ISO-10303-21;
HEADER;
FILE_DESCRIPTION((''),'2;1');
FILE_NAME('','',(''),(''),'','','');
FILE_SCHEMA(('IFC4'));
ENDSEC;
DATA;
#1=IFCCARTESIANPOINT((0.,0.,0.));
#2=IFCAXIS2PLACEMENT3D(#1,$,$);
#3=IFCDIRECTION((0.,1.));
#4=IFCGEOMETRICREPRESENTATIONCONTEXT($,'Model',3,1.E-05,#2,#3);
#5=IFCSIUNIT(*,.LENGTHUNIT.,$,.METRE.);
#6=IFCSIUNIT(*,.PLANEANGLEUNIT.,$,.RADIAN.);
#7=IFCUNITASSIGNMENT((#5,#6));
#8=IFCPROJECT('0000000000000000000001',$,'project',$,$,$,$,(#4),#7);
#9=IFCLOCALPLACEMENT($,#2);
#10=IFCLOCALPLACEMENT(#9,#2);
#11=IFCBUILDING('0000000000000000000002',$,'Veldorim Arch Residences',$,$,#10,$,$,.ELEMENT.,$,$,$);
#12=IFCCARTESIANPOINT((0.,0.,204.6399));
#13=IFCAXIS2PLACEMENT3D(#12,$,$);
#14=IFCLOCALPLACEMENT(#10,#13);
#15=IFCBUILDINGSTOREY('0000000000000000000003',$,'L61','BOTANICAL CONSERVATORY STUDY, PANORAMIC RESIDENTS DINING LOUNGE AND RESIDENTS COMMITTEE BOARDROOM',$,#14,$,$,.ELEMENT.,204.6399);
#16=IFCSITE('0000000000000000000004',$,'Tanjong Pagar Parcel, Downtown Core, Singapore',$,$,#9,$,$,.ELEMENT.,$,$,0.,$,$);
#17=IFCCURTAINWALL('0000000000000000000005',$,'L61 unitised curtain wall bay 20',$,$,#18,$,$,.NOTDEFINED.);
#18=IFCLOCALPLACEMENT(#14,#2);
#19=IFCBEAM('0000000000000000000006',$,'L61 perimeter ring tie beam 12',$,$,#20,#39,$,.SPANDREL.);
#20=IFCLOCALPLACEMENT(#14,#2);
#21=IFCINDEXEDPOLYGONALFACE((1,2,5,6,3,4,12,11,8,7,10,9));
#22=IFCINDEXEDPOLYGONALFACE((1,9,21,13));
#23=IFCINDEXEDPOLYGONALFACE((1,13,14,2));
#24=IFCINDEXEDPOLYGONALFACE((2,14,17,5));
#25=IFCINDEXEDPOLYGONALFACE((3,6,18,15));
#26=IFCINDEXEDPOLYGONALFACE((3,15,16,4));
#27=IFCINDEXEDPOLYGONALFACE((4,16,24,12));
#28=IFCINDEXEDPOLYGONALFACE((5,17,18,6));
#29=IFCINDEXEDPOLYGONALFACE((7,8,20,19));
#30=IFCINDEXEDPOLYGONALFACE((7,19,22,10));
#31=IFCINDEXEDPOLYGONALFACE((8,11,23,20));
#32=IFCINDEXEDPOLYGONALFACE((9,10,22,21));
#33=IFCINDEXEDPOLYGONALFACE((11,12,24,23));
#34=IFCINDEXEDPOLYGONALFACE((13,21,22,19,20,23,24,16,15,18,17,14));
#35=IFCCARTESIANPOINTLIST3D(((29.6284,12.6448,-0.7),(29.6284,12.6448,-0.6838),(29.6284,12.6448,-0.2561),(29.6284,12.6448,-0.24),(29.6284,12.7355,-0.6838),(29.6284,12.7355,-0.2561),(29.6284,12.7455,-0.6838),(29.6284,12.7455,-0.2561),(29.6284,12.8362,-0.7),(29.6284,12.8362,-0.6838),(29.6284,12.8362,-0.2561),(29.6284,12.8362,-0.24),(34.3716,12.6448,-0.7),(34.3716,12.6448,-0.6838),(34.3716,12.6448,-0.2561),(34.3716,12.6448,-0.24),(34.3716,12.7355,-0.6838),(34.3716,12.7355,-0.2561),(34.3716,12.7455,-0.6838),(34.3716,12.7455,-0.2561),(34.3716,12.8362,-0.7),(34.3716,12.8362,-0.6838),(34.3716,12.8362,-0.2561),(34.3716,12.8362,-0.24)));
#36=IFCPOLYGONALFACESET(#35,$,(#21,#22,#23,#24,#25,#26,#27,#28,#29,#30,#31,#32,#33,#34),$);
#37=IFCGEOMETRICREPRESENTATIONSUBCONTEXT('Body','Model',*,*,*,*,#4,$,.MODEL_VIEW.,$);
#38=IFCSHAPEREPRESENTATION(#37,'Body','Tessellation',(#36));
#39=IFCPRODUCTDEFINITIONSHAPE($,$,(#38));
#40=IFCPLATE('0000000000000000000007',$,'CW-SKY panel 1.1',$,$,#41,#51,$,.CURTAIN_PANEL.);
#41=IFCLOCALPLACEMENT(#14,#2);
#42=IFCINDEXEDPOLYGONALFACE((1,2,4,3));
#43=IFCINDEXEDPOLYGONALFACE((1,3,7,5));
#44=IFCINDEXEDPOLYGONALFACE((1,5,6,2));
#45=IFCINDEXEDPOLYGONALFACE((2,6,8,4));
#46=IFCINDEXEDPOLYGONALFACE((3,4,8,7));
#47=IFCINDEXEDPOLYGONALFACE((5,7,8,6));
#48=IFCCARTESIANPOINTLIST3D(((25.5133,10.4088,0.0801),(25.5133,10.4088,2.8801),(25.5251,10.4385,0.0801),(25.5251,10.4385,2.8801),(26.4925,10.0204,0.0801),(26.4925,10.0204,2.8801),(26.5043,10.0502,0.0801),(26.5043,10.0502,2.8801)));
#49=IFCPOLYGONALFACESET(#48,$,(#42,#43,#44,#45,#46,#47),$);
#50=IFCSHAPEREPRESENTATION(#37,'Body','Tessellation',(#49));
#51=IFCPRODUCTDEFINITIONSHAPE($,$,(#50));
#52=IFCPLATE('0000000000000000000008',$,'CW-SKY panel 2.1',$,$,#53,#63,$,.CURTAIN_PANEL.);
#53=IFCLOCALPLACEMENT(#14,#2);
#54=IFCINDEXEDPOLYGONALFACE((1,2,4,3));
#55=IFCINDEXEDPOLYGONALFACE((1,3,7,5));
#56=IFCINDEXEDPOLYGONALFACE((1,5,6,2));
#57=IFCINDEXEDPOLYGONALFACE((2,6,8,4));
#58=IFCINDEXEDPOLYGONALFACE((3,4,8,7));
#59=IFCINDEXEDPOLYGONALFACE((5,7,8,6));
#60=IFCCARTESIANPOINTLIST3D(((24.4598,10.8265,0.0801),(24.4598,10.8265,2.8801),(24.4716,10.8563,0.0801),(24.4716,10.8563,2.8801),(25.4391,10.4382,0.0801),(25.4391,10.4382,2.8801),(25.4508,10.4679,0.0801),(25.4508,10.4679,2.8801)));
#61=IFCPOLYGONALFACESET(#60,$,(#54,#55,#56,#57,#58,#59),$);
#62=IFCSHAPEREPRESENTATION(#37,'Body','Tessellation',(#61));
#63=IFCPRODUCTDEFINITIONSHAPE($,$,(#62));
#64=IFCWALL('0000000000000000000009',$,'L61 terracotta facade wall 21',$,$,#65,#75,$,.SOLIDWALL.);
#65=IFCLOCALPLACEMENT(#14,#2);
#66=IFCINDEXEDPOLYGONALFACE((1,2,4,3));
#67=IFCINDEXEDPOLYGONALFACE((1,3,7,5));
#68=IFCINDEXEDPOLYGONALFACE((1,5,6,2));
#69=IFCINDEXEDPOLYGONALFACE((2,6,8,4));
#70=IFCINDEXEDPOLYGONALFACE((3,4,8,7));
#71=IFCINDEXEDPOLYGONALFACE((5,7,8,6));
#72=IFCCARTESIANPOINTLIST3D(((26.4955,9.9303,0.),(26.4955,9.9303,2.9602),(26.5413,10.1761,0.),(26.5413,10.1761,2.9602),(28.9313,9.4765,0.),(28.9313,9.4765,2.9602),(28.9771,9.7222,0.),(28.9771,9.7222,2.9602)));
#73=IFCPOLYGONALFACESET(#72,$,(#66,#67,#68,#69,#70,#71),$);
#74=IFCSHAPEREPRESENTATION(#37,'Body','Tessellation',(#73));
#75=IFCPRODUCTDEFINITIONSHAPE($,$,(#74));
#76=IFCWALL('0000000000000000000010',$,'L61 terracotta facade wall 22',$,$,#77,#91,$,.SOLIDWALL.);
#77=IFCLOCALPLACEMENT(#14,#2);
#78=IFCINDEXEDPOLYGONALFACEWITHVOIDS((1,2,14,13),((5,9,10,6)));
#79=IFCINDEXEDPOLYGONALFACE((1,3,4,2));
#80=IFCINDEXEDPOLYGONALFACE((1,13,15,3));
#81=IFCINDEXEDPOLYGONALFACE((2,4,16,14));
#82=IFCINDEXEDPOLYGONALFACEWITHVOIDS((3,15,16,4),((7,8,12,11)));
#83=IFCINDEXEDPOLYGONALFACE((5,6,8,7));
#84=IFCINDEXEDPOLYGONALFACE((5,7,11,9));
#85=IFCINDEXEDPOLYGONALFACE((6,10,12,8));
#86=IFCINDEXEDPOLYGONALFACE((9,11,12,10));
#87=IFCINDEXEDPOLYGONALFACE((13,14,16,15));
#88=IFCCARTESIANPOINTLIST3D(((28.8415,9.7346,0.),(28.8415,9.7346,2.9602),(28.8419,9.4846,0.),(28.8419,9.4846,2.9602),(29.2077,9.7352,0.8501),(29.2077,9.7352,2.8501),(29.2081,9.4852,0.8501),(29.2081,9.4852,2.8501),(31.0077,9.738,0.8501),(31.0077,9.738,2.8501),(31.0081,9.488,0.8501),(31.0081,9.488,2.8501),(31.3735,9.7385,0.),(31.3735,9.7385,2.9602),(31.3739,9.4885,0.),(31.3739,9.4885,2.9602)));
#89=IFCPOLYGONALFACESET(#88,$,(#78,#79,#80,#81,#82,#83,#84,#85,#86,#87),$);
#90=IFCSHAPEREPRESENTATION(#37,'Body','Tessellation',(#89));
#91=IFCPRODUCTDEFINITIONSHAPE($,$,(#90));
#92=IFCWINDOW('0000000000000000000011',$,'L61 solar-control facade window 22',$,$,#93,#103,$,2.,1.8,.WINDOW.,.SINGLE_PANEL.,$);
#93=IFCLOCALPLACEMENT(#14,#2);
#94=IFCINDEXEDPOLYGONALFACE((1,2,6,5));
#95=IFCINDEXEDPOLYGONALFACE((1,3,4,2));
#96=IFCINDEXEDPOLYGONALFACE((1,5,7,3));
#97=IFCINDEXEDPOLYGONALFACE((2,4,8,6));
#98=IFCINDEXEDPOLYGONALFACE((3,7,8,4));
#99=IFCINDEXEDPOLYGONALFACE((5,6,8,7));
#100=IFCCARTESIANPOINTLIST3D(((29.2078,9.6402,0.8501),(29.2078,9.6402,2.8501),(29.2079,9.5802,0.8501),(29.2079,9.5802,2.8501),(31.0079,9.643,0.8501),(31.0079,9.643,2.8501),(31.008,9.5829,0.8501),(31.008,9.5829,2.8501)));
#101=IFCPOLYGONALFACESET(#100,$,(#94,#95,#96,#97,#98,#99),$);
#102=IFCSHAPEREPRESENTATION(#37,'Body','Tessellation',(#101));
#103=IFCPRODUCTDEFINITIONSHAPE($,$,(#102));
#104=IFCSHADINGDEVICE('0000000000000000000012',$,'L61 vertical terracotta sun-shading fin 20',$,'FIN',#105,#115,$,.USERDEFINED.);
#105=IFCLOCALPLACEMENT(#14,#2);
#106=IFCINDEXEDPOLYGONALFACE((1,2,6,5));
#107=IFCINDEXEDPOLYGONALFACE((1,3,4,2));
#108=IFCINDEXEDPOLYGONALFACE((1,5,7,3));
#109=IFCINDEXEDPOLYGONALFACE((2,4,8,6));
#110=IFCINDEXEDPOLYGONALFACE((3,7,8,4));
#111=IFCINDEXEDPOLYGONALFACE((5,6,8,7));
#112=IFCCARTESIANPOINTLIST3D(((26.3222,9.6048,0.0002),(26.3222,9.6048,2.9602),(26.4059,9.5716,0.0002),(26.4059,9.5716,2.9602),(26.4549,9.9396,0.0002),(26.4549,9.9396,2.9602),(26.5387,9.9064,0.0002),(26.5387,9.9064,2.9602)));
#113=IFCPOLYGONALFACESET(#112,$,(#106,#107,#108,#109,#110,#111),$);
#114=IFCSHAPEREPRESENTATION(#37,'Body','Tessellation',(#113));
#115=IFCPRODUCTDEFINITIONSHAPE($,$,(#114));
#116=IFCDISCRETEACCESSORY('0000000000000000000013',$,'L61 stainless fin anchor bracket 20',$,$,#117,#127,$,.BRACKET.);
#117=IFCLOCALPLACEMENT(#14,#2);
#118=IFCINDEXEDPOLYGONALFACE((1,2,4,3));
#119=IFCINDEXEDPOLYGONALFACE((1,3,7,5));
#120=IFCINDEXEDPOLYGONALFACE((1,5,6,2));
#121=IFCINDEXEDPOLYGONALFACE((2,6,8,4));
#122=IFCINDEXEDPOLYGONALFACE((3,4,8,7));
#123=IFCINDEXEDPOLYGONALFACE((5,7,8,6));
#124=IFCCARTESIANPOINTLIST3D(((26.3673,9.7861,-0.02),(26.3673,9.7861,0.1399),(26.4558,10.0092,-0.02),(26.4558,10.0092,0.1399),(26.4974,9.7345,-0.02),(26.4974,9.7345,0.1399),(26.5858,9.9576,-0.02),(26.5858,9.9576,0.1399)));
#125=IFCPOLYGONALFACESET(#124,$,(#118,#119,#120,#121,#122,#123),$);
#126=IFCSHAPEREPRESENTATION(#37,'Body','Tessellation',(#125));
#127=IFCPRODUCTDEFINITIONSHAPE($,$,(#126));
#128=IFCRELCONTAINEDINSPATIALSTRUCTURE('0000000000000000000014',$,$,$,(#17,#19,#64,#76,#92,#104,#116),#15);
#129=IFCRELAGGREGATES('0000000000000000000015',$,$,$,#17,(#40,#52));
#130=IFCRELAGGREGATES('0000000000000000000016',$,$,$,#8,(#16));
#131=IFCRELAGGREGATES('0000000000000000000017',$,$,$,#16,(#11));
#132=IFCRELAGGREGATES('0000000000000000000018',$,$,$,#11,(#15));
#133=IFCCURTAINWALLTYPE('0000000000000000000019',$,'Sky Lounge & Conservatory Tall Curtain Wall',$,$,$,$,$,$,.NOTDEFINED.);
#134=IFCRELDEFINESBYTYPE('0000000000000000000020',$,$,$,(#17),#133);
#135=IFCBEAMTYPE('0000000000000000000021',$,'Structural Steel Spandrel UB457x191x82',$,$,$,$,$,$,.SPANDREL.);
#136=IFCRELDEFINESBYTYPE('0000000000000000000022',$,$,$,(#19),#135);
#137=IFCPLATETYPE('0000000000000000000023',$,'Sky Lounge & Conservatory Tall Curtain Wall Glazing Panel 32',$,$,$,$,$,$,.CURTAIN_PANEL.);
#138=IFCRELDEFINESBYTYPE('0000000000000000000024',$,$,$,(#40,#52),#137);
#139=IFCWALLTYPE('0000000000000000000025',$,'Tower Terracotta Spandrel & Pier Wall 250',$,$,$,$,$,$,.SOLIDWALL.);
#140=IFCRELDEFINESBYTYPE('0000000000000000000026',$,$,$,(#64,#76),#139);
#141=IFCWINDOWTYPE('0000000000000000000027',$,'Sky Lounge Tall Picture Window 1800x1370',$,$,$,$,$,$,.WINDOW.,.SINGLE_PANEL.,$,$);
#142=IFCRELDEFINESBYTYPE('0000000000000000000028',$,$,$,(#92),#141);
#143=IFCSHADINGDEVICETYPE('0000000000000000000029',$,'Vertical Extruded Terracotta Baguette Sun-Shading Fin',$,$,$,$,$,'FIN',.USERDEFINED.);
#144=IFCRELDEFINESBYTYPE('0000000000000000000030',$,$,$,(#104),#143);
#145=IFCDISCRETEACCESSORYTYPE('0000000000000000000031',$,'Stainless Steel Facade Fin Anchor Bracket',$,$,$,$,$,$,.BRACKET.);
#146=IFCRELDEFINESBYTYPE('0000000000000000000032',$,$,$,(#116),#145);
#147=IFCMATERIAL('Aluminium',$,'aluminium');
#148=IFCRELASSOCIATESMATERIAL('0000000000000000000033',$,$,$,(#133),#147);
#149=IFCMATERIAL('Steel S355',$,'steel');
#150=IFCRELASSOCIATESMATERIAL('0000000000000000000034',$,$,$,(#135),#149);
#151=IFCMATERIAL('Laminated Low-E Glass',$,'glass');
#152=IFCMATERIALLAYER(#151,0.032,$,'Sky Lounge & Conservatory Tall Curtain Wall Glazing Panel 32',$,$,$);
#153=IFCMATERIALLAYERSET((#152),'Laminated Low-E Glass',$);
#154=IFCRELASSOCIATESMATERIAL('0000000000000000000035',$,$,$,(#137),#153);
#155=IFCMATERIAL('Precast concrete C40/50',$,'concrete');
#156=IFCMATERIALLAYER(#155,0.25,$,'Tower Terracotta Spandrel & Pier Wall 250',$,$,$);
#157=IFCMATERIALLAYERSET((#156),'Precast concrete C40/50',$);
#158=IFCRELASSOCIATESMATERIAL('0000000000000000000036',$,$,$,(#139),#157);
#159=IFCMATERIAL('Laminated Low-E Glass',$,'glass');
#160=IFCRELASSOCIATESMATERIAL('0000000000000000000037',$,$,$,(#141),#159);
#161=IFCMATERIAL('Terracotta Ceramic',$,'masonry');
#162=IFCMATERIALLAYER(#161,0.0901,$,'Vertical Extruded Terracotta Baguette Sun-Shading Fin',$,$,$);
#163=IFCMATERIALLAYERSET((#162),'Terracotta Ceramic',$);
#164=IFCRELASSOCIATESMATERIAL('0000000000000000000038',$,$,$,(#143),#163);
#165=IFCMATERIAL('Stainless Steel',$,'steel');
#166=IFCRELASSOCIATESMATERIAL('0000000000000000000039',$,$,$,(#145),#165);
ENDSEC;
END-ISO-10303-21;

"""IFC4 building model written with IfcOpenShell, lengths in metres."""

from ifc_helpers import new_model, si_unit, direction, frame, frame_2d, origin, origin_2d, place, context, subcontext, project, spatial, rectangle, i_section, extrude, material, layer, layer_set, material_profile, profile_set, type_object, element, fill, aggregate, save


model = new_model("IFC4")

# Units and contexts
model_context = context("Model", 3, precision=1e-05, world=origin(), true_north=direction((0.0, 1.0)))
body_context = subcontext(model_context, "Body", "Model", "MODEL_VIEW")
ifc_project = project(units=[si_unit("LENGTHUNIT", "METRE"), si_unit("PLANEANGLEUNIT", "RADIAN")], contexts=[model_context])

# Site, building, storey
site_placement = place(None, origin())
site = spatial("IfcSite", under=ifc_project, at=site_placement, Name="Tanjong Pagar Parcel, Downtown Core, Singapore", CompositionType="ELEMENT", RefElevation=0.0)
building_placement = place(site_placement, origin())
building = spatial("IfcBuilding", under=site, at=building_placement, Name="Veldorim Arch Residences", CompositionType="ELEMENT")
storey_placement = place(building_placement, frame((0.0, 0.0, 204.6399)))
storey = spatial("IfcBuildingStorey", under=building, at=storey_placement, Name="L61", Description="BOTANICAL CONSERVATORY STUDY, PANORAMIC RESIDENTS DINING LOUNGE AND RESIDENTS COMMITTEE BOARDROOM", CompositionType="ELEMENT", Elevation=204.6399)

# Curtain wall
ifc_material_1 = material(Name="Aluminium", Category="aluminium")
curtain_wall_type = type_object("IfcCurtainWallType", Name="Sky Lounge & Conservatory Tall Curtain Wall", PredefinedType="NOTDEFINED", material=ifc_material_1)
curtain_wall_1_placement = place(storey_placement, origin())
curtain_wall_1 = element("IfcCurtainWall", 1, at=curtain_wall_1_placement, inside=storey, type_object=curtain_wall_type, Name="L61 unitised curtain wall bay 20", PredefinedType="NOTDEFINED")

# Beam
ifc_material_2 = material(Name="Steel S355", Category="steel")
ifc_material_profile_1 = material_profile(ifc_material_2, i_section(OverallWidth=0.1914, OverallDepth=0.46, WebThickness=0.01, FlangeThickness=0.0161, at=origin_2d()), Name="UB457x191x82")
ifc_profile_set_1 = profile_set([ifc_material_profile_1], Name="Steel S355")
beam_type_1 = type_object("IfcBeamType", Name="Structural Steel Spandrel UB457x191x82", PredefinedType="SPANDREL", material=ifc_profile_set_1)
beam_1_placement = place(storey_placement, frame((29.6284, 12.7405, -0.47), z_axis=(1.0, 0.0, 0.0), x_axis=(0.0, 1.0, 0.0)))
element("IfcBeam", 2, at=beam_1_placement, inside=storey, type_object=beam_type_1, Name="L61 perimeter ring tie beam 12", PredefinedType="SPANDREL", context=body_context, shape_type="SweptSolid", body=[
    extrude(i_section(OverallWidth=0.1914, OverallDepth=0.46, WebThickness=0.01, FlangeThickness=0.0161, at=origin_2d()), origin(), (0.0, 0.0, 1.0), 4.7432),
])

# Plates
ifc_material_3 = material(Name="Laminated Low-E Glass", Category="glass")
ifc_layer_1 = layer(ifc_material_3, 0.032, Name="Sky Lounge & Conservatory Tall Curtain Wall Glazing Panel 32")
ifc_layer_set_1 = layer_set([ifc_layer_1], Name="Laminated Low-E Glass")
plate_type = type_object("IfcPlateType", Name="Sky Lounge & Conservatory Tall Curtain Wall Glazing Panel 32", PredefinedType="CURTAIN_PANEL", material=ifc_layer_set_1)
plate_1_placement = place(storey_placement, frame((26.0088, 10.2295, 0.0801), z_axis=(0.0, 0.0, 1.0), x_axis=(-0.92956, 0.368671, 0.0)))
plate_1 = element("IfcPlate", 3, at=plate_1_placement, type_object=plate_type, Name="CW-SKY panel 1.1", PredefinedType="CURTAIN_PANEL", context=body_context, shape_type="SweptSolid", body=[
    extrude(rectangle(XDim=1.0535, YDim=0.032, at=origin_2d()), origin(), (0.0, 0.0, 1.0), 2.8),
])
plate_2_placement = place(storey_placement, frame((24.9553, 10.6472, 0.0801), z_axis=(0.0, 0.0, 1.0), x_axis=(-0.92956, 0.368671, 0.0)))
plate_2 = element("IfcPlate", 4, at=plate_2_placement, type_object=plate_type, Name="CW-SKY panel 2.1", PredefinedType="CURTAIN_PANEL", context=body_context, shape_type="SweptSolid", body=[
    extrude(rectangle(XDim=1.0535, YDim=0.032, at=origin_2d()), origin(), (0.0, 0.0, 1.0), 2.8),
])
aggregate(curtain_wall_1, [plate_1, plate_2])

# Wall
ifc_material_4 = material(Name="Precast concrete C40/50", Category="concrete")
ifc_layer_2 = layer(ifc_material_4, 0.25, Name="Tower Terracotta Spandrel & Pier Wall 250")
ifc_layer_set_2 = layer_set([ifc_layer_2], Name="Precast concrete C40/50")
wall_type = type_object("IfcWallType", Name="Tower Terracotta Spandrel & Pier Wall 250", PredefinedType="SOLIDWALL", material=ifc_layer_set_2)
wall_1_placement = place(storey_placement, frame((28.9541, 9.5994, 0.0), z_axis=(0.0, 0.0, 1.0), x_axis=(-0.98308, 0.183176, 0.0)))
element("IfcWall", 5, at=wall_1_placement, inside=storey, type_object=wall_type, Name="L61 terracotta facade wall 21", PredefinedType="SOLIDWALL", context=body_context, shape_type="SweptSolid", body=[
    extrude(rectangle(XDim=2.4778, YDim=0.25, at=frame_2d((1.2388, 0.0))), origin(), (0.0, 0.0, 1.0), 2.9602),
])

# Wall, opening, window
wall_2_placement = place(storey_placement, frame((31.3738, 9.6135, 0.0), z_axis=(0.0, 0.0, 1.0), x_axis=(-0.999999, -0.001543, 0.0)))
wall_2 = element("IfcWall", 6, at=wall_2_placement, inside=storey, type_object=wall_type, Name="L61 terracotta facade wall 22", PredefinedType="SOLIDWALL", context=body_context, shape_type="SweptSolid", body=[
    extrude(rectangle(XDim=2.532, YDim=0.25, at=frame_2d((1.2661, 0.0))), origin(), (0.0, 0.0, 1.0), 2.9602),
])
opening_placement = place(wall_2_placement, frame((0.366, 0.0, 0.8501)))
opening = element("IfcOpeningElement", 7, at=opening_placement, cuts=wall_2, PredefinedType="OPENING", context=body_context, shape_type="SweptSolid", body=[
    extrude(rectangle(XDim=1.8, YDim=2.0, at=frame_2d((0.8999, 1.0))), frame((0.0, 0.135, 0.0), z_axis=(0.0, -1.0, 0.0), x_axis=(1.0, 0.0, 0.0)), (0.0, 0.0, 1.0), 0.27),
])
ifc_material_5 = material(Name="Laminated Low-E Glass", Category="glass")
window_type = type_object("IfcWindowType", Name="Sky Lounge Tall Picture Window 1800x1370", PartitioningType="SINGLE_PANEL", PredefinedType="WINDOW", material=ifc_material_5)
window_placement = place(opening_placement, origin())
window = element("IfcWindow", 8, at=window_placement, inside=storey, type_object=window_type, Name="L61 solar-control facade window 22", OverallHeight=2.0, OverallWidth=1.8, PartitioningType="SINGLE_PANEL", PredefinedType="WINDOW", context=body_context, shape_type="SweptSolid", body=[
    extrude(rectangle(XDim=1.8, YDim=2.0, at=frame_2d((0.8999, 1.0))), frame((0.0, 0.03, 0.0), z_axis=(0.0, -1.0, 0.0), x_axis=(1.0, 0.0, 0.0)), (0.0, 0.0, 1.0), 0.0601),
])
fill(opening, window)

# Shading device
ifc_material_6 = material(Name="Terracotta Ceramic", Category="masonry")
ifc_layer_3 = layer(ifc_material_6, 0.0901, Name="Vertical Extruded Terracotta Baguette Sun-Shading Fin")
ifc_layer_set_3 = layer_set([ifc_layer_3], Name="Terracotta Ceramic")
shading_device_type = type_object("IfcShadingDeviceType", Name="Vertical Extruded Terracotta Baguette Sun-Shading Fin", ElementType="FIN", PredefinedType="USERDEFINED", material=ifc_layer_set_3)
shading_device_placement = place(storey_placement, frame((26.4304, 9.7556, 0.0002), z_axis=(0.0, 0.0, 1.0), x_axis=(-0.929584, 0.368611, 0.0)))
element("IfcShadingDevice", 9, at=shading_device_placement, inside=storey, type_object=shading_device_type, Name="L61 vertical terracotta sun-shading fin 20", ObjectType="FIN", PredefinedType="USERDEFINED", context=body_context, shape_type="SweptSolid", body=[
    extrude(rectangle(XDim=0.0901, YDim=0.3601, at=origin_2d()), origin(), (0.0, 0.0, 1.0), 2.96),
])

# Discrete accessory
ifc_material_7 = material(Name="Stainless Steel", Category="steel")
discrete_accessory_type = type_object("IfcDiscreteAccessoryType", Name="Stainless Steel Facade Fin Anchor Bracket", PredefinedType="BRACKET", material=ifc_material_7)
discrete_accessory_placement = place(storey_placement, frame((26.4766, 9.8718, -0.02), z_axis=(0.0, 0.0, 1.0), x_axis=(-0.929584, 0.368611, 0.0)))
element("IfcDiscreteAccessory", 10, at=discrete_accessory_placement, inside=storey, type_object=discrete_accessory_type, Name="L61 stainless fin anchor bracket 20", PredefinedType="BRACKET", context=body_context, shape_type="SweptSolid", body=[
    extrude(rectangle(XDim=0.1399, YDim=0.24, at=origin_2d()), origin(), (0.0, 0.0, 1.0), 0.1599),
])

save(model, "model.ifc")
